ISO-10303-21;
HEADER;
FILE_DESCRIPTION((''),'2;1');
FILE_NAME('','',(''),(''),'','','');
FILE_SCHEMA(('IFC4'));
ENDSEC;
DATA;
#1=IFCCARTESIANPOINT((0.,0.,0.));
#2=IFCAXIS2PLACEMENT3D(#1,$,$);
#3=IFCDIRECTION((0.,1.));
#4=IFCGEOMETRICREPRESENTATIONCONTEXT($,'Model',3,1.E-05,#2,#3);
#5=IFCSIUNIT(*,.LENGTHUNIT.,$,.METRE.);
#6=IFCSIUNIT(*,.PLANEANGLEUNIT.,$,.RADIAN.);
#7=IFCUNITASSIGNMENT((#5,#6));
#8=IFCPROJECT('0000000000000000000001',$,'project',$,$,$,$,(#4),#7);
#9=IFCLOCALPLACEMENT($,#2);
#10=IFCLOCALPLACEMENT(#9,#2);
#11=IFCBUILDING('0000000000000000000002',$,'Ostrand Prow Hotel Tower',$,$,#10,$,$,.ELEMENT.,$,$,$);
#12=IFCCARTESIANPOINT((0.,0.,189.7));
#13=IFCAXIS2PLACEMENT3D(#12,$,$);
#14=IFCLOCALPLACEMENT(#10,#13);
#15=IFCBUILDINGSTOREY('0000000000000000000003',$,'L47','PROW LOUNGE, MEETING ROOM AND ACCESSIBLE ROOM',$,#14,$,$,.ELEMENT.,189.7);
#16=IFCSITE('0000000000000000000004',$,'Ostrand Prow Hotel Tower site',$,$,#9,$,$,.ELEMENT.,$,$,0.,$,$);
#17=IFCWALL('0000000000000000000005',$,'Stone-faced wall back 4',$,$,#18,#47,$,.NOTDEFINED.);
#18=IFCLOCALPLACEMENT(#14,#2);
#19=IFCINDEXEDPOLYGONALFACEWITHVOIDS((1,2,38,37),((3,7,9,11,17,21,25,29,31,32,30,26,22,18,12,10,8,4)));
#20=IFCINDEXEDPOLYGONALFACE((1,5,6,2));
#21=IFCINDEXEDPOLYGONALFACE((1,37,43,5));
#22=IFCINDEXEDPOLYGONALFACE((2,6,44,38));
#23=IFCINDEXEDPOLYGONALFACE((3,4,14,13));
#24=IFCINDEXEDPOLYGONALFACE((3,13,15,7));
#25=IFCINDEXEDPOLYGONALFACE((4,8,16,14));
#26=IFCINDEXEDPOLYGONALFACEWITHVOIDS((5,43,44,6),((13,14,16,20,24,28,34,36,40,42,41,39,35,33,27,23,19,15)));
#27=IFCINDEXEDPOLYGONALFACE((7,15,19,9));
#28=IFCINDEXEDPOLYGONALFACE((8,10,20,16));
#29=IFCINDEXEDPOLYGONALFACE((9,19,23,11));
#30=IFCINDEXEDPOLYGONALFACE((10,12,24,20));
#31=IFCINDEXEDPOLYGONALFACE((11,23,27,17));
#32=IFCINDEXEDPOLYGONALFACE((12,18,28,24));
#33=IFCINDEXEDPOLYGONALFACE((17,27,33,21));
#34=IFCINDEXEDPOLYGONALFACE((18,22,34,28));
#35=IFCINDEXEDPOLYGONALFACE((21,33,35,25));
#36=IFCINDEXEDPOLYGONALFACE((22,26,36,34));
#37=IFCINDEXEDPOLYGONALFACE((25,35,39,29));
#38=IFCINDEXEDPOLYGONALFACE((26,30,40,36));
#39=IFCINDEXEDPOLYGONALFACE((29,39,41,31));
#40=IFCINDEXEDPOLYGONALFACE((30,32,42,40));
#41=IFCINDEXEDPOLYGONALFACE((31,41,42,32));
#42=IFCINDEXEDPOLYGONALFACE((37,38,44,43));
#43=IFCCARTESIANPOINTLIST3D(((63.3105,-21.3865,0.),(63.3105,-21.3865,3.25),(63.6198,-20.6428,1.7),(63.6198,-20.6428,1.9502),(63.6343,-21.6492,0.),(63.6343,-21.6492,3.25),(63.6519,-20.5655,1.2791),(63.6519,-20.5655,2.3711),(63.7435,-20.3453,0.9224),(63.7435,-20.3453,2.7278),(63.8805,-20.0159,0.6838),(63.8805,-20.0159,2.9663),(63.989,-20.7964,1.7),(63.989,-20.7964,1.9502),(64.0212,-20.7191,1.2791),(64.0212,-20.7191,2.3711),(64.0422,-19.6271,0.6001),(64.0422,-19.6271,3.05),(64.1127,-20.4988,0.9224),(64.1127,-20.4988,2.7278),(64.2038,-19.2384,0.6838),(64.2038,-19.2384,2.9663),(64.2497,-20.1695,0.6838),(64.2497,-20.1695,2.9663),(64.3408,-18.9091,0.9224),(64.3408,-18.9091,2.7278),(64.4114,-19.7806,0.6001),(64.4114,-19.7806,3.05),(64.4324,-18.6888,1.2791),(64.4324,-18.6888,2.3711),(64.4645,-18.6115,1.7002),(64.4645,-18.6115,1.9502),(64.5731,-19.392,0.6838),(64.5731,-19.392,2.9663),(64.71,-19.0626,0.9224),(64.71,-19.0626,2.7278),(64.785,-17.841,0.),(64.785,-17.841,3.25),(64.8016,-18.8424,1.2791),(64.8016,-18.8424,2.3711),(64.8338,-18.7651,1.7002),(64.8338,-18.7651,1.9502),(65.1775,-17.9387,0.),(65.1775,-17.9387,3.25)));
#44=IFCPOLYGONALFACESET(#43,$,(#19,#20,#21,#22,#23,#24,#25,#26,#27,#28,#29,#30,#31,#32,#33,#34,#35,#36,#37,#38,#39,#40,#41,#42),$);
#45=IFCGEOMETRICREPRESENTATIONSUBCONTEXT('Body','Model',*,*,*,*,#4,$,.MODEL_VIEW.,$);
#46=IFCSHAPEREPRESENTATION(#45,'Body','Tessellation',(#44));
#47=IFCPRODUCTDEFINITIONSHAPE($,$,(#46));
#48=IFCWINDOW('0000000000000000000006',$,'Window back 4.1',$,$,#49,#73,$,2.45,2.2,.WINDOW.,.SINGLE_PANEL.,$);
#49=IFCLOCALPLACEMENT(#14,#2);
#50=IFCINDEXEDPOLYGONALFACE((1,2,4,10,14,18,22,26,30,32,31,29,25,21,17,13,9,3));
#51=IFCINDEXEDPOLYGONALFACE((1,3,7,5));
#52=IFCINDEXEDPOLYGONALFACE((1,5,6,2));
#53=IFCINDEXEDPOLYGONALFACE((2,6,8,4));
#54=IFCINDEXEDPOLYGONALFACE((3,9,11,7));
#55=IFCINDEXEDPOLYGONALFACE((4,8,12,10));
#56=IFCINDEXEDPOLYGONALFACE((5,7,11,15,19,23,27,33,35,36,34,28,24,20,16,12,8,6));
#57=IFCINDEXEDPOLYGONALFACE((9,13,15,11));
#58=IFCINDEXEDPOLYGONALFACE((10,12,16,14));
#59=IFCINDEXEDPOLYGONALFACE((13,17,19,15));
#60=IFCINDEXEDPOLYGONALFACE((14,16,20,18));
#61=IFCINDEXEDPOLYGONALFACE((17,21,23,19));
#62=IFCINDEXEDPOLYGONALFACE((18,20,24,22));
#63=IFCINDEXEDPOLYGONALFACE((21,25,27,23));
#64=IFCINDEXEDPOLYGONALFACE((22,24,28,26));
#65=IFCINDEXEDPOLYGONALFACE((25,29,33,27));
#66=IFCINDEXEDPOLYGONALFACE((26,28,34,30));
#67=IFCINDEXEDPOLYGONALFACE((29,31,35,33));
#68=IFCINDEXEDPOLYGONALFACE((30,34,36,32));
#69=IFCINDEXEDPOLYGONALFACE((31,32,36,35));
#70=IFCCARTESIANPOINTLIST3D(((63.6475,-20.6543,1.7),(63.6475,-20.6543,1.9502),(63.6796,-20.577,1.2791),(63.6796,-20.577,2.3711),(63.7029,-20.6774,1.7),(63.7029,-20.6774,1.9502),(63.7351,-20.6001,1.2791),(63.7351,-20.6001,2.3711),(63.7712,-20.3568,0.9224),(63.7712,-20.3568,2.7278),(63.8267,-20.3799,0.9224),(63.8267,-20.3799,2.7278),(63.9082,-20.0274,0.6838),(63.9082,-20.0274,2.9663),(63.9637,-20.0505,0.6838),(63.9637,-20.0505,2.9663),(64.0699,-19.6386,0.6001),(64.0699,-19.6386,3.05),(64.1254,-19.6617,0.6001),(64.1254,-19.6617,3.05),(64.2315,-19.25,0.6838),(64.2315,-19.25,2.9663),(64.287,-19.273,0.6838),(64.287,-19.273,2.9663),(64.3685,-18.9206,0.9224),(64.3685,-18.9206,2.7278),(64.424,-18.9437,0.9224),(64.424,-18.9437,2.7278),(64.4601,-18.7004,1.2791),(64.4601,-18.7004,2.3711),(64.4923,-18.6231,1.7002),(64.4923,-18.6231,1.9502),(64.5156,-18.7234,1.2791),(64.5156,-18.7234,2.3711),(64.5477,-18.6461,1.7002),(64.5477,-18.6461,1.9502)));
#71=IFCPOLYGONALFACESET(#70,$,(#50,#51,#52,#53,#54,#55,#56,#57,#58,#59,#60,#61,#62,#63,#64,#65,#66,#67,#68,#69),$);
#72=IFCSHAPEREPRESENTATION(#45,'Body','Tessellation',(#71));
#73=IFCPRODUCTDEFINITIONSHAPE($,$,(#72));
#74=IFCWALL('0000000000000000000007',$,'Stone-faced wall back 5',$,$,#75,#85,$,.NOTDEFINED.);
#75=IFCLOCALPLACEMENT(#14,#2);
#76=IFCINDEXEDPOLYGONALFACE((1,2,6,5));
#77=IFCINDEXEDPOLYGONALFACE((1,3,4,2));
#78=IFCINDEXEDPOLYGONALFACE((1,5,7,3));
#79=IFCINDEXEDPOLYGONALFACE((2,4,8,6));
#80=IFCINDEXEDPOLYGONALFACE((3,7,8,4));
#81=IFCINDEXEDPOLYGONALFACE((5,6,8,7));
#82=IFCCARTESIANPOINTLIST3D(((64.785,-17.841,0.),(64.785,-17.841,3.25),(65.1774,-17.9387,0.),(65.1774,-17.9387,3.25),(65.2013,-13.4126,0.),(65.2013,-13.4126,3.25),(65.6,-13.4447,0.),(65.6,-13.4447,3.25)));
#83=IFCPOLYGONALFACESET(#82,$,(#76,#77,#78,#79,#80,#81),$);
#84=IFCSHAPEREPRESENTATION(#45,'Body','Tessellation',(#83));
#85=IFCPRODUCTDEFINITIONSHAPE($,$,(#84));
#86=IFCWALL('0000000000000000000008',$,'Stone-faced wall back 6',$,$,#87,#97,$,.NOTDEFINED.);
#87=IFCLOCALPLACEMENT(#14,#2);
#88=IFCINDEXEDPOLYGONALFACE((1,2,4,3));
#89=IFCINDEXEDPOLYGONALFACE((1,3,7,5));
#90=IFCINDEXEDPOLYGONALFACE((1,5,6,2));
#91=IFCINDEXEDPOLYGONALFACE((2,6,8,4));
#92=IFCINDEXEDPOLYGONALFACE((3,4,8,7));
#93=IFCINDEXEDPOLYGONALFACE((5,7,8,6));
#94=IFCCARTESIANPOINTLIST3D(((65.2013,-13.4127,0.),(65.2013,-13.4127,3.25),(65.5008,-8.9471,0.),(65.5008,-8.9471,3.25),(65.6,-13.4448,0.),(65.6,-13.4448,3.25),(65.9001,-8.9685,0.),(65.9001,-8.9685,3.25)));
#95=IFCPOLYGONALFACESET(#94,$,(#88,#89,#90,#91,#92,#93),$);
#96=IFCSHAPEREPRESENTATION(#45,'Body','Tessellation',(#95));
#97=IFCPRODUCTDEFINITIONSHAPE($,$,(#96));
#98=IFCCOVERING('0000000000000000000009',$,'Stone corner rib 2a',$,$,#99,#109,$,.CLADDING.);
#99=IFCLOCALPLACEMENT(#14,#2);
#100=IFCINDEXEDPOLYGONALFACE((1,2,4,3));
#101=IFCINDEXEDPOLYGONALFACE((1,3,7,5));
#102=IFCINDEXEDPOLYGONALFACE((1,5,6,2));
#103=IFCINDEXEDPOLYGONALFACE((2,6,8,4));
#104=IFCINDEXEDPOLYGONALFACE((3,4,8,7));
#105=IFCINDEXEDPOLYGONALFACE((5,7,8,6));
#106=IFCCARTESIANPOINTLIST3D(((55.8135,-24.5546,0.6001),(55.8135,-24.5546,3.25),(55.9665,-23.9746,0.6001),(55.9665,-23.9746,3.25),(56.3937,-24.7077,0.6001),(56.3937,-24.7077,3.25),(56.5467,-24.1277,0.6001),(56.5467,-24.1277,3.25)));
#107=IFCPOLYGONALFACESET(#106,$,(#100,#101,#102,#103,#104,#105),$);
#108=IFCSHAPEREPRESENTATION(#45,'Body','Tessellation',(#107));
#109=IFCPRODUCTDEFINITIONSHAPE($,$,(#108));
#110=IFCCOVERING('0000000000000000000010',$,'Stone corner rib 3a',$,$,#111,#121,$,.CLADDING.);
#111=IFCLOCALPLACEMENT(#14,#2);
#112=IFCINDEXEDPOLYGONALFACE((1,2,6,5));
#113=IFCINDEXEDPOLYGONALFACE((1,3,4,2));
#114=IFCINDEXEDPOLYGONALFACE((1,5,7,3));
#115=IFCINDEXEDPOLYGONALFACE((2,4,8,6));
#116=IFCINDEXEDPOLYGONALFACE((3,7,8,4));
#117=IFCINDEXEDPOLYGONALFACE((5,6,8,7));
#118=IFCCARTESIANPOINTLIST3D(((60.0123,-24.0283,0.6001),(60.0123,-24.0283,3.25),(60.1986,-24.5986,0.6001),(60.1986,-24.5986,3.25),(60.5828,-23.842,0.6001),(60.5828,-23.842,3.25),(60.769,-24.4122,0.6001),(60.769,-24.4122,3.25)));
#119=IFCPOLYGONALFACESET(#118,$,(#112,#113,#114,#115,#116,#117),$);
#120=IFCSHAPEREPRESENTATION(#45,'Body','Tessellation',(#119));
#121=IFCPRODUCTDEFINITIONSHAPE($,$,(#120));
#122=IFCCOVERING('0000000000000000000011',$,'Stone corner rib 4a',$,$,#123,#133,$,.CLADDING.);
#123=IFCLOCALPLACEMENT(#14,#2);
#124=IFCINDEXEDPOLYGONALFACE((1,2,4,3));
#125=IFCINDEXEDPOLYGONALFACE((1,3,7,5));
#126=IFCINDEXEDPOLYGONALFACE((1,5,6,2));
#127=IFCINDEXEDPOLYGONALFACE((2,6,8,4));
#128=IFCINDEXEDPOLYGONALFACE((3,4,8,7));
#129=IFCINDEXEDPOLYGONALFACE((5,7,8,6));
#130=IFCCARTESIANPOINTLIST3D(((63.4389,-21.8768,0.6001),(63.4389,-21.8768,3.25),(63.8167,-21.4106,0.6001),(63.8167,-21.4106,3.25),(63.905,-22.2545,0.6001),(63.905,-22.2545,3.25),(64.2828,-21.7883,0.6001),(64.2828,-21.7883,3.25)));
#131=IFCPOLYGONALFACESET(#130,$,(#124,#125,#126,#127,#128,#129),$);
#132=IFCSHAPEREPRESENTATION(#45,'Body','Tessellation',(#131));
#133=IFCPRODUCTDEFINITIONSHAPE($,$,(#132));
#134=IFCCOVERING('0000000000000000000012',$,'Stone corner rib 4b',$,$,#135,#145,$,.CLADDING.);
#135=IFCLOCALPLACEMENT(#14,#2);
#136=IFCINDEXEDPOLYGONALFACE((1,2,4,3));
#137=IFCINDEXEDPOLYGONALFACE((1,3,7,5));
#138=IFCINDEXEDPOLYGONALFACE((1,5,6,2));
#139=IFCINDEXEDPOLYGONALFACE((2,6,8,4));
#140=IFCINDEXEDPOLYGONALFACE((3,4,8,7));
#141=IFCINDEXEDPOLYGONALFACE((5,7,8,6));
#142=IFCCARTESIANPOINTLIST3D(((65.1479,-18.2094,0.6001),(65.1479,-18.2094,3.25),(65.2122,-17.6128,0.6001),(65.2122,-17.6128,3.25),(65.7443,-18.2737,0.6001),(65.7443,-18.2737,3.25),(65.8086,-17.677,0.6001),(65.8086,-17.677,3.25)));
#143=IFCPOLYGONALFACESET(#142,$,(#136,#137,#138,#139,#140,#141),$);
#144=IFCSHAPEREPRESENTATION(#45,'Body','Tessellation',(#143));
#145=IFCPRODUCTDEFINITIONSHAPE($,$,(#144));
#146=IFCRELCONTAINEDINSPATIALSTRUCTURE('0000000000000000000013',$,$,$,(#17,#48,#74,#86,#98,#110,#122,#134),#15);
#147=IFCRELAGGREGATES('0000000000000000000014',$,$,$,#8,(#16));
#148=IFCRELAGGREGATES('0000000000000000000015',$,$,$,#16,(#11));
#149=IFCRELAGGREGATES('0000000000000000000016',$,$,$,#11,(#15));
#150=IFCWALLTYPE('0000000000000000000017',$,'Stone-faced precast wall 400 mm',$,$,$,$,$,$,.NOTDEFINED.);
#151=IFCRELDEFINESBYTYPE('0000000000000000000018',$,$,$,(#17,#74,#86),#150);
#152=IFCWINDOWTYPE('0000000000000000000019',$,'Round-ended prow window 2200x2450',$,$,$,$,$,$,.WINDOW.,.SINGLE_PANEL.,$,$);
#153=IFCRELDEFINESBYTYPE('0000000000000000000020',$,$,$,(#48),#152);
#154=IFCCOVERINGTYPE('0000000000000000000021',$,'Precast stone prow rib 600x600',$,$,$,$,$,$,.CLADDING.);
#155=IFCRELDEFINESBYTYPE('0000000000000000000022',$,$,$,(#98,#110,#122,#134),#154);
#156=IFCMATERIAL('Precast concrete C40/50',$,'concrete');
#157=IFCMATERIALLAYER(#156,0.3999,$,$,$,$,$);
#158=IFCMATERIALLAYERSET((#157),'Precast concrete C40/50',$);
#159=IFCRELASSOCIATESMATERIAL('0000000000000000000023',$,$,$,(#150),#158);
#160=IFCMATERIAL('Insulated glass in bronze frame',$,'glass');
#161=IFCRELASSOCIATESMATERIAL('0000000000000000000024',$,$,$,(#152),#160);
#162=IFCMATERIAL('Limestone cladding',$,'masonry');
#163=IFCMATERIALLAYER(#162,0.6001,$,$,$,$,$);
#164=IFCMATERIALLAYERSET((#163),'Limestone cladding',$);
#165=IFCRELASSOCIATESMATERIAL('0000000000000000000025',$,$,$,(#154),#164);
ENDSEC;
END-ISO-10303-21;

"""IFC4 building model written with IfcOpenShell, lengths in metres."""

from ifc_helpers import new_model, si_unit, direction, frame, frame_2d, origin, place, context, subcontext, project, spatial, polyline, rectangle, outline, extrude, material, layer, layer_set, type_object, element, fill, save


model = new_model("IFC4")

# Units and contexts
model_context = context("Model", 3, precision=1e-05, world=origin(), true_north=direction((0.0, 1.0)))
body_context = subcontext(model_context, "Body", "Model", "MODEL_VIEW")
ifc_project = project(units=[si_unit("LENGTHUNIT", "METRE"), si_unit("PLANEANGLEUNIT", "RADIAN")], contexts=[model_context])

# Site, building, storey
site_placement = place(None, origin())
site = spatial("IfcSite", under=ifc_project, at=site_placement, Name="Ostrand Prow Hotel Tower site", CompositionType="ELEMENT", RefElevation=0.0)
building_placement = place(site_placement, origin())
building = spatial("IfcBuilding", under=site, at=building_placement, Name="Ostrand Prow Hotel Tower", CompositionType="ELEMENT")
storey_placement = place(building_placement, frame((0.0, 0.0, 189.7)))
storey = spatial("IfcBuildingStorey", under=building, at=storey_placement, Name="L47", Description="PROW LOUNGE, MEETING ROOM AND ACCESSIBLE ROOM", CompositionType="ELEMENT", Elevation=189.7)

# Wall, opening, window
ifc_material_1 = material(Name="Precast concrete C40/50", Category="concrete")
ifc_layer_1 = layer(ifc_material_1, 0.3999)
ifc_layer_set_1 = layer_set([ifc_layer_1], Name="Precast concrete C40/50")
wall_type_1 = type_object("IfcWallType", Name="Stone-faced precast wall 400 mm", PredefinedType="NOTDEFINED", material=ifc_layer_set_1)
ifc_material_2 = material(Name="Insulated glass in bronze frame", Category="glass")
window_type = type_object("IfcWindowType", Name="Round-ended prow window 2200x2450", PartitioningType="SINGLE_PANEL", PredefinedType="WINDOW", material=ifc_material_2)
wall_1_placement = place(storey_placement, frame((63.4724, -21.5178, 0.0), z_axis=(0.0, 0.0, 1.0), x_axis=(0.383998, 0.923334, 0.0)))
wall_1 = element("IfcWall", 1, at=wall_1_placement, inside=storey, type_object=wall_type_1, Name="Stone-faced wall back 4", PredefinedType="NOTDEFINED", context=body_context, shape_type="SweptSolid", body=[
    extrude(outline(polyline([(-0.0591, -0.2), (3.9595, -0.2), (3.8989, 0.2), (0.0591, 0.2), (-0.0591, -0.2)])), origin(), (0.0, 0.0, 1.0), 3.25),
])
opening_1_placement = place(wall_1_placement, frame((0.8645, 0.0, 0.6001)))
opening_1 = element("IfcOpeningElement", 2, at=opening_1_placement, cuts=wall_1, PredefinedType="OPENING", context=body_context, shape_type="SweptSolid", body=[
    extrude(outline(polyline([(0.0, 1.3501), (0.0837, 1.771), (0.3223, 2.1277), (0.679, 2.3662), (1.1001, 2.45), (1.521, 2.3662), (1.8777, 2.1277), (2.1162, 1.771), (2.2, 1.3501), (2.2, 1.1001), (2.1162, 0.679), (1.8777, 0.3223), (1.521, 0.0837), (1.1001, 0.0), (0.679, 0.0837), (0.3223, 0.3223), (0.0837, 0.679), (0.0, 1.0999), (0.0, 1.3501)])), frame((0.0, 0.21, 0.0), z_axis=(0.0, -1.0, 0.0), x_axis=(1.0, 0.0, 0.0)), (0.0, 0.0, 1.0), 0.4199),
])
window_1_placement = place(opening_1_placement, origin())
window_1 = element("IfcWindow", 3, at=window_1_placement, inside=storey, type_object=window_type, Name="Window back 4.1", OverallHeight=2.45, OverallWidth=2.2, PartitioningType="SINGLE_PANEL", PredefinedType="WINDOW", context=body_context, shape_type="SweptSolid", body=[
    extrude(outline(polyline([(0.0, 1.3501), (0.0837, 1.771), (0.3223, 2.1277), (0.679, 2.3662), (1.1001, 2.45), (1.521, 2.3662), (1.8777, 2.1277), (2.1162, 1.771), (2.2, 1.3501), (2.2, 1.1001), (2.1162, 0.679), (1.8777, 0.3223), (1.521, 0.0837), (1.1001, 0.0), (0.679, 0.0837), (0.3223, 0.3223), (0.0837, 0.679), (0.0, 1.0999), (0.0, 1.3501)])), frame((0.0, 0.1699, 0.0), z_axis=(0.0, -1.0, 0.0), x_axis=(1.0, 0.0, 0.0)), (0.0, 0.0, 1.0), 0.0601),
])
fill(opening_1, window_1)

# Walls
wall_2_placement = place(storey_placement, frame((64.9812, -17.8899, 0.0), z_axis=(0.0, 0.0, 1.0), x_axis=(0.093606, 0.995609, 0.0)))
element("IfcWall", 4, at=wall_2_placement, inside=storey, type_object=wall_type_1, Name="Stone-faced wall back 5", PredefinedType="NOTDEFINED", context=body_context, shape_type="SweptSolid", body=[
    extrude(outline(polyline([(-0.0303, -0.2), (4.4836, -0.2), (4.4783, 0.2), (0.0303, 0.2), (-0.0303, -0.2)])), origin(), (0.0, 0.0, 1.0), 3.25),
])
wall_3_placement = place(storey_placement, frame((65.4006, -13.4287, 0.0), z_axis=(0.0, 0.0, 1.0), x_axis=(0.066906, 0.997759, 0.0)))
element("IfcWall", 5, at=wall_3_placement, inside=storey, type_object=wall_type_1, Name="Stone-faced wall back 6", PredefinedType="NOTDEFINED", context=body_context, shape_type="SweptSolid", body=[
    extrude(outline(polyline([(-0.0027, -0.2), (4.4836, -0.2), (4.4783, 0.2), (0.0027, 0.2), (-0.0027, -0.2)])), origin(), (0.0, 0.0, 1.0), 3.25),
])

# Coverings
ifc_material_3 = material(Name="Limestone cladding", Category="masonry")
ifc_layer_2 = layer(ifc_material_3, 0.6001)
ifc_layer_set_2 = layer_set([ifc_layer_2], Name="Limestone cladding")
covering_type = type_object("IfcCoveringType", Name="Precast stone prow rib 600x600", PredefinedType="CLADDING", material=ifc_layer_set_2)
for number, where, z_axis, x_axis, name in (
    (6, (56.2566, -24.0513, 0.6001), (0.0, 0.0, 1.0), (-0.255154, -0.9669, 0.0), "Stone corner rib 2a"),
    (7, (60.2976, -23.9353, 0.6001), (0.0, 0.0, 1.0), (0.310484, -0.950578, 0.0), "Stone corner rib 3a"),
    (8, (63.6279, -21.6438, 0.6001), (0.0, 0.0, 1.0), (0.776923, -0.629596, 0.0), "Stone corner rib 4a"),
    (9, (65.1802, -17.9111, 0.6001), (0.0, 0.0, 1.0), (0.994255, -0.107036, 0.0), "Stone corner rib 4b"),
):
    element("IfcCovering", number, at=place(storey_placement, frame(where, z_axis=z_axis, x_axis=x_axis)), inside=storey, type_object=covering_type, Name=name, PredefinedType="CLADDING", context=body_context, shape_type="SweptSolid", body=[
        extrude(rectangle(XDim=0.5999, YDim=0.6001, at=frame_2d((0.2998, 0.0))), origin(), (0.0, 0.0, 1.0), 2.6499),
    ])

save(model, "model.ifc")
